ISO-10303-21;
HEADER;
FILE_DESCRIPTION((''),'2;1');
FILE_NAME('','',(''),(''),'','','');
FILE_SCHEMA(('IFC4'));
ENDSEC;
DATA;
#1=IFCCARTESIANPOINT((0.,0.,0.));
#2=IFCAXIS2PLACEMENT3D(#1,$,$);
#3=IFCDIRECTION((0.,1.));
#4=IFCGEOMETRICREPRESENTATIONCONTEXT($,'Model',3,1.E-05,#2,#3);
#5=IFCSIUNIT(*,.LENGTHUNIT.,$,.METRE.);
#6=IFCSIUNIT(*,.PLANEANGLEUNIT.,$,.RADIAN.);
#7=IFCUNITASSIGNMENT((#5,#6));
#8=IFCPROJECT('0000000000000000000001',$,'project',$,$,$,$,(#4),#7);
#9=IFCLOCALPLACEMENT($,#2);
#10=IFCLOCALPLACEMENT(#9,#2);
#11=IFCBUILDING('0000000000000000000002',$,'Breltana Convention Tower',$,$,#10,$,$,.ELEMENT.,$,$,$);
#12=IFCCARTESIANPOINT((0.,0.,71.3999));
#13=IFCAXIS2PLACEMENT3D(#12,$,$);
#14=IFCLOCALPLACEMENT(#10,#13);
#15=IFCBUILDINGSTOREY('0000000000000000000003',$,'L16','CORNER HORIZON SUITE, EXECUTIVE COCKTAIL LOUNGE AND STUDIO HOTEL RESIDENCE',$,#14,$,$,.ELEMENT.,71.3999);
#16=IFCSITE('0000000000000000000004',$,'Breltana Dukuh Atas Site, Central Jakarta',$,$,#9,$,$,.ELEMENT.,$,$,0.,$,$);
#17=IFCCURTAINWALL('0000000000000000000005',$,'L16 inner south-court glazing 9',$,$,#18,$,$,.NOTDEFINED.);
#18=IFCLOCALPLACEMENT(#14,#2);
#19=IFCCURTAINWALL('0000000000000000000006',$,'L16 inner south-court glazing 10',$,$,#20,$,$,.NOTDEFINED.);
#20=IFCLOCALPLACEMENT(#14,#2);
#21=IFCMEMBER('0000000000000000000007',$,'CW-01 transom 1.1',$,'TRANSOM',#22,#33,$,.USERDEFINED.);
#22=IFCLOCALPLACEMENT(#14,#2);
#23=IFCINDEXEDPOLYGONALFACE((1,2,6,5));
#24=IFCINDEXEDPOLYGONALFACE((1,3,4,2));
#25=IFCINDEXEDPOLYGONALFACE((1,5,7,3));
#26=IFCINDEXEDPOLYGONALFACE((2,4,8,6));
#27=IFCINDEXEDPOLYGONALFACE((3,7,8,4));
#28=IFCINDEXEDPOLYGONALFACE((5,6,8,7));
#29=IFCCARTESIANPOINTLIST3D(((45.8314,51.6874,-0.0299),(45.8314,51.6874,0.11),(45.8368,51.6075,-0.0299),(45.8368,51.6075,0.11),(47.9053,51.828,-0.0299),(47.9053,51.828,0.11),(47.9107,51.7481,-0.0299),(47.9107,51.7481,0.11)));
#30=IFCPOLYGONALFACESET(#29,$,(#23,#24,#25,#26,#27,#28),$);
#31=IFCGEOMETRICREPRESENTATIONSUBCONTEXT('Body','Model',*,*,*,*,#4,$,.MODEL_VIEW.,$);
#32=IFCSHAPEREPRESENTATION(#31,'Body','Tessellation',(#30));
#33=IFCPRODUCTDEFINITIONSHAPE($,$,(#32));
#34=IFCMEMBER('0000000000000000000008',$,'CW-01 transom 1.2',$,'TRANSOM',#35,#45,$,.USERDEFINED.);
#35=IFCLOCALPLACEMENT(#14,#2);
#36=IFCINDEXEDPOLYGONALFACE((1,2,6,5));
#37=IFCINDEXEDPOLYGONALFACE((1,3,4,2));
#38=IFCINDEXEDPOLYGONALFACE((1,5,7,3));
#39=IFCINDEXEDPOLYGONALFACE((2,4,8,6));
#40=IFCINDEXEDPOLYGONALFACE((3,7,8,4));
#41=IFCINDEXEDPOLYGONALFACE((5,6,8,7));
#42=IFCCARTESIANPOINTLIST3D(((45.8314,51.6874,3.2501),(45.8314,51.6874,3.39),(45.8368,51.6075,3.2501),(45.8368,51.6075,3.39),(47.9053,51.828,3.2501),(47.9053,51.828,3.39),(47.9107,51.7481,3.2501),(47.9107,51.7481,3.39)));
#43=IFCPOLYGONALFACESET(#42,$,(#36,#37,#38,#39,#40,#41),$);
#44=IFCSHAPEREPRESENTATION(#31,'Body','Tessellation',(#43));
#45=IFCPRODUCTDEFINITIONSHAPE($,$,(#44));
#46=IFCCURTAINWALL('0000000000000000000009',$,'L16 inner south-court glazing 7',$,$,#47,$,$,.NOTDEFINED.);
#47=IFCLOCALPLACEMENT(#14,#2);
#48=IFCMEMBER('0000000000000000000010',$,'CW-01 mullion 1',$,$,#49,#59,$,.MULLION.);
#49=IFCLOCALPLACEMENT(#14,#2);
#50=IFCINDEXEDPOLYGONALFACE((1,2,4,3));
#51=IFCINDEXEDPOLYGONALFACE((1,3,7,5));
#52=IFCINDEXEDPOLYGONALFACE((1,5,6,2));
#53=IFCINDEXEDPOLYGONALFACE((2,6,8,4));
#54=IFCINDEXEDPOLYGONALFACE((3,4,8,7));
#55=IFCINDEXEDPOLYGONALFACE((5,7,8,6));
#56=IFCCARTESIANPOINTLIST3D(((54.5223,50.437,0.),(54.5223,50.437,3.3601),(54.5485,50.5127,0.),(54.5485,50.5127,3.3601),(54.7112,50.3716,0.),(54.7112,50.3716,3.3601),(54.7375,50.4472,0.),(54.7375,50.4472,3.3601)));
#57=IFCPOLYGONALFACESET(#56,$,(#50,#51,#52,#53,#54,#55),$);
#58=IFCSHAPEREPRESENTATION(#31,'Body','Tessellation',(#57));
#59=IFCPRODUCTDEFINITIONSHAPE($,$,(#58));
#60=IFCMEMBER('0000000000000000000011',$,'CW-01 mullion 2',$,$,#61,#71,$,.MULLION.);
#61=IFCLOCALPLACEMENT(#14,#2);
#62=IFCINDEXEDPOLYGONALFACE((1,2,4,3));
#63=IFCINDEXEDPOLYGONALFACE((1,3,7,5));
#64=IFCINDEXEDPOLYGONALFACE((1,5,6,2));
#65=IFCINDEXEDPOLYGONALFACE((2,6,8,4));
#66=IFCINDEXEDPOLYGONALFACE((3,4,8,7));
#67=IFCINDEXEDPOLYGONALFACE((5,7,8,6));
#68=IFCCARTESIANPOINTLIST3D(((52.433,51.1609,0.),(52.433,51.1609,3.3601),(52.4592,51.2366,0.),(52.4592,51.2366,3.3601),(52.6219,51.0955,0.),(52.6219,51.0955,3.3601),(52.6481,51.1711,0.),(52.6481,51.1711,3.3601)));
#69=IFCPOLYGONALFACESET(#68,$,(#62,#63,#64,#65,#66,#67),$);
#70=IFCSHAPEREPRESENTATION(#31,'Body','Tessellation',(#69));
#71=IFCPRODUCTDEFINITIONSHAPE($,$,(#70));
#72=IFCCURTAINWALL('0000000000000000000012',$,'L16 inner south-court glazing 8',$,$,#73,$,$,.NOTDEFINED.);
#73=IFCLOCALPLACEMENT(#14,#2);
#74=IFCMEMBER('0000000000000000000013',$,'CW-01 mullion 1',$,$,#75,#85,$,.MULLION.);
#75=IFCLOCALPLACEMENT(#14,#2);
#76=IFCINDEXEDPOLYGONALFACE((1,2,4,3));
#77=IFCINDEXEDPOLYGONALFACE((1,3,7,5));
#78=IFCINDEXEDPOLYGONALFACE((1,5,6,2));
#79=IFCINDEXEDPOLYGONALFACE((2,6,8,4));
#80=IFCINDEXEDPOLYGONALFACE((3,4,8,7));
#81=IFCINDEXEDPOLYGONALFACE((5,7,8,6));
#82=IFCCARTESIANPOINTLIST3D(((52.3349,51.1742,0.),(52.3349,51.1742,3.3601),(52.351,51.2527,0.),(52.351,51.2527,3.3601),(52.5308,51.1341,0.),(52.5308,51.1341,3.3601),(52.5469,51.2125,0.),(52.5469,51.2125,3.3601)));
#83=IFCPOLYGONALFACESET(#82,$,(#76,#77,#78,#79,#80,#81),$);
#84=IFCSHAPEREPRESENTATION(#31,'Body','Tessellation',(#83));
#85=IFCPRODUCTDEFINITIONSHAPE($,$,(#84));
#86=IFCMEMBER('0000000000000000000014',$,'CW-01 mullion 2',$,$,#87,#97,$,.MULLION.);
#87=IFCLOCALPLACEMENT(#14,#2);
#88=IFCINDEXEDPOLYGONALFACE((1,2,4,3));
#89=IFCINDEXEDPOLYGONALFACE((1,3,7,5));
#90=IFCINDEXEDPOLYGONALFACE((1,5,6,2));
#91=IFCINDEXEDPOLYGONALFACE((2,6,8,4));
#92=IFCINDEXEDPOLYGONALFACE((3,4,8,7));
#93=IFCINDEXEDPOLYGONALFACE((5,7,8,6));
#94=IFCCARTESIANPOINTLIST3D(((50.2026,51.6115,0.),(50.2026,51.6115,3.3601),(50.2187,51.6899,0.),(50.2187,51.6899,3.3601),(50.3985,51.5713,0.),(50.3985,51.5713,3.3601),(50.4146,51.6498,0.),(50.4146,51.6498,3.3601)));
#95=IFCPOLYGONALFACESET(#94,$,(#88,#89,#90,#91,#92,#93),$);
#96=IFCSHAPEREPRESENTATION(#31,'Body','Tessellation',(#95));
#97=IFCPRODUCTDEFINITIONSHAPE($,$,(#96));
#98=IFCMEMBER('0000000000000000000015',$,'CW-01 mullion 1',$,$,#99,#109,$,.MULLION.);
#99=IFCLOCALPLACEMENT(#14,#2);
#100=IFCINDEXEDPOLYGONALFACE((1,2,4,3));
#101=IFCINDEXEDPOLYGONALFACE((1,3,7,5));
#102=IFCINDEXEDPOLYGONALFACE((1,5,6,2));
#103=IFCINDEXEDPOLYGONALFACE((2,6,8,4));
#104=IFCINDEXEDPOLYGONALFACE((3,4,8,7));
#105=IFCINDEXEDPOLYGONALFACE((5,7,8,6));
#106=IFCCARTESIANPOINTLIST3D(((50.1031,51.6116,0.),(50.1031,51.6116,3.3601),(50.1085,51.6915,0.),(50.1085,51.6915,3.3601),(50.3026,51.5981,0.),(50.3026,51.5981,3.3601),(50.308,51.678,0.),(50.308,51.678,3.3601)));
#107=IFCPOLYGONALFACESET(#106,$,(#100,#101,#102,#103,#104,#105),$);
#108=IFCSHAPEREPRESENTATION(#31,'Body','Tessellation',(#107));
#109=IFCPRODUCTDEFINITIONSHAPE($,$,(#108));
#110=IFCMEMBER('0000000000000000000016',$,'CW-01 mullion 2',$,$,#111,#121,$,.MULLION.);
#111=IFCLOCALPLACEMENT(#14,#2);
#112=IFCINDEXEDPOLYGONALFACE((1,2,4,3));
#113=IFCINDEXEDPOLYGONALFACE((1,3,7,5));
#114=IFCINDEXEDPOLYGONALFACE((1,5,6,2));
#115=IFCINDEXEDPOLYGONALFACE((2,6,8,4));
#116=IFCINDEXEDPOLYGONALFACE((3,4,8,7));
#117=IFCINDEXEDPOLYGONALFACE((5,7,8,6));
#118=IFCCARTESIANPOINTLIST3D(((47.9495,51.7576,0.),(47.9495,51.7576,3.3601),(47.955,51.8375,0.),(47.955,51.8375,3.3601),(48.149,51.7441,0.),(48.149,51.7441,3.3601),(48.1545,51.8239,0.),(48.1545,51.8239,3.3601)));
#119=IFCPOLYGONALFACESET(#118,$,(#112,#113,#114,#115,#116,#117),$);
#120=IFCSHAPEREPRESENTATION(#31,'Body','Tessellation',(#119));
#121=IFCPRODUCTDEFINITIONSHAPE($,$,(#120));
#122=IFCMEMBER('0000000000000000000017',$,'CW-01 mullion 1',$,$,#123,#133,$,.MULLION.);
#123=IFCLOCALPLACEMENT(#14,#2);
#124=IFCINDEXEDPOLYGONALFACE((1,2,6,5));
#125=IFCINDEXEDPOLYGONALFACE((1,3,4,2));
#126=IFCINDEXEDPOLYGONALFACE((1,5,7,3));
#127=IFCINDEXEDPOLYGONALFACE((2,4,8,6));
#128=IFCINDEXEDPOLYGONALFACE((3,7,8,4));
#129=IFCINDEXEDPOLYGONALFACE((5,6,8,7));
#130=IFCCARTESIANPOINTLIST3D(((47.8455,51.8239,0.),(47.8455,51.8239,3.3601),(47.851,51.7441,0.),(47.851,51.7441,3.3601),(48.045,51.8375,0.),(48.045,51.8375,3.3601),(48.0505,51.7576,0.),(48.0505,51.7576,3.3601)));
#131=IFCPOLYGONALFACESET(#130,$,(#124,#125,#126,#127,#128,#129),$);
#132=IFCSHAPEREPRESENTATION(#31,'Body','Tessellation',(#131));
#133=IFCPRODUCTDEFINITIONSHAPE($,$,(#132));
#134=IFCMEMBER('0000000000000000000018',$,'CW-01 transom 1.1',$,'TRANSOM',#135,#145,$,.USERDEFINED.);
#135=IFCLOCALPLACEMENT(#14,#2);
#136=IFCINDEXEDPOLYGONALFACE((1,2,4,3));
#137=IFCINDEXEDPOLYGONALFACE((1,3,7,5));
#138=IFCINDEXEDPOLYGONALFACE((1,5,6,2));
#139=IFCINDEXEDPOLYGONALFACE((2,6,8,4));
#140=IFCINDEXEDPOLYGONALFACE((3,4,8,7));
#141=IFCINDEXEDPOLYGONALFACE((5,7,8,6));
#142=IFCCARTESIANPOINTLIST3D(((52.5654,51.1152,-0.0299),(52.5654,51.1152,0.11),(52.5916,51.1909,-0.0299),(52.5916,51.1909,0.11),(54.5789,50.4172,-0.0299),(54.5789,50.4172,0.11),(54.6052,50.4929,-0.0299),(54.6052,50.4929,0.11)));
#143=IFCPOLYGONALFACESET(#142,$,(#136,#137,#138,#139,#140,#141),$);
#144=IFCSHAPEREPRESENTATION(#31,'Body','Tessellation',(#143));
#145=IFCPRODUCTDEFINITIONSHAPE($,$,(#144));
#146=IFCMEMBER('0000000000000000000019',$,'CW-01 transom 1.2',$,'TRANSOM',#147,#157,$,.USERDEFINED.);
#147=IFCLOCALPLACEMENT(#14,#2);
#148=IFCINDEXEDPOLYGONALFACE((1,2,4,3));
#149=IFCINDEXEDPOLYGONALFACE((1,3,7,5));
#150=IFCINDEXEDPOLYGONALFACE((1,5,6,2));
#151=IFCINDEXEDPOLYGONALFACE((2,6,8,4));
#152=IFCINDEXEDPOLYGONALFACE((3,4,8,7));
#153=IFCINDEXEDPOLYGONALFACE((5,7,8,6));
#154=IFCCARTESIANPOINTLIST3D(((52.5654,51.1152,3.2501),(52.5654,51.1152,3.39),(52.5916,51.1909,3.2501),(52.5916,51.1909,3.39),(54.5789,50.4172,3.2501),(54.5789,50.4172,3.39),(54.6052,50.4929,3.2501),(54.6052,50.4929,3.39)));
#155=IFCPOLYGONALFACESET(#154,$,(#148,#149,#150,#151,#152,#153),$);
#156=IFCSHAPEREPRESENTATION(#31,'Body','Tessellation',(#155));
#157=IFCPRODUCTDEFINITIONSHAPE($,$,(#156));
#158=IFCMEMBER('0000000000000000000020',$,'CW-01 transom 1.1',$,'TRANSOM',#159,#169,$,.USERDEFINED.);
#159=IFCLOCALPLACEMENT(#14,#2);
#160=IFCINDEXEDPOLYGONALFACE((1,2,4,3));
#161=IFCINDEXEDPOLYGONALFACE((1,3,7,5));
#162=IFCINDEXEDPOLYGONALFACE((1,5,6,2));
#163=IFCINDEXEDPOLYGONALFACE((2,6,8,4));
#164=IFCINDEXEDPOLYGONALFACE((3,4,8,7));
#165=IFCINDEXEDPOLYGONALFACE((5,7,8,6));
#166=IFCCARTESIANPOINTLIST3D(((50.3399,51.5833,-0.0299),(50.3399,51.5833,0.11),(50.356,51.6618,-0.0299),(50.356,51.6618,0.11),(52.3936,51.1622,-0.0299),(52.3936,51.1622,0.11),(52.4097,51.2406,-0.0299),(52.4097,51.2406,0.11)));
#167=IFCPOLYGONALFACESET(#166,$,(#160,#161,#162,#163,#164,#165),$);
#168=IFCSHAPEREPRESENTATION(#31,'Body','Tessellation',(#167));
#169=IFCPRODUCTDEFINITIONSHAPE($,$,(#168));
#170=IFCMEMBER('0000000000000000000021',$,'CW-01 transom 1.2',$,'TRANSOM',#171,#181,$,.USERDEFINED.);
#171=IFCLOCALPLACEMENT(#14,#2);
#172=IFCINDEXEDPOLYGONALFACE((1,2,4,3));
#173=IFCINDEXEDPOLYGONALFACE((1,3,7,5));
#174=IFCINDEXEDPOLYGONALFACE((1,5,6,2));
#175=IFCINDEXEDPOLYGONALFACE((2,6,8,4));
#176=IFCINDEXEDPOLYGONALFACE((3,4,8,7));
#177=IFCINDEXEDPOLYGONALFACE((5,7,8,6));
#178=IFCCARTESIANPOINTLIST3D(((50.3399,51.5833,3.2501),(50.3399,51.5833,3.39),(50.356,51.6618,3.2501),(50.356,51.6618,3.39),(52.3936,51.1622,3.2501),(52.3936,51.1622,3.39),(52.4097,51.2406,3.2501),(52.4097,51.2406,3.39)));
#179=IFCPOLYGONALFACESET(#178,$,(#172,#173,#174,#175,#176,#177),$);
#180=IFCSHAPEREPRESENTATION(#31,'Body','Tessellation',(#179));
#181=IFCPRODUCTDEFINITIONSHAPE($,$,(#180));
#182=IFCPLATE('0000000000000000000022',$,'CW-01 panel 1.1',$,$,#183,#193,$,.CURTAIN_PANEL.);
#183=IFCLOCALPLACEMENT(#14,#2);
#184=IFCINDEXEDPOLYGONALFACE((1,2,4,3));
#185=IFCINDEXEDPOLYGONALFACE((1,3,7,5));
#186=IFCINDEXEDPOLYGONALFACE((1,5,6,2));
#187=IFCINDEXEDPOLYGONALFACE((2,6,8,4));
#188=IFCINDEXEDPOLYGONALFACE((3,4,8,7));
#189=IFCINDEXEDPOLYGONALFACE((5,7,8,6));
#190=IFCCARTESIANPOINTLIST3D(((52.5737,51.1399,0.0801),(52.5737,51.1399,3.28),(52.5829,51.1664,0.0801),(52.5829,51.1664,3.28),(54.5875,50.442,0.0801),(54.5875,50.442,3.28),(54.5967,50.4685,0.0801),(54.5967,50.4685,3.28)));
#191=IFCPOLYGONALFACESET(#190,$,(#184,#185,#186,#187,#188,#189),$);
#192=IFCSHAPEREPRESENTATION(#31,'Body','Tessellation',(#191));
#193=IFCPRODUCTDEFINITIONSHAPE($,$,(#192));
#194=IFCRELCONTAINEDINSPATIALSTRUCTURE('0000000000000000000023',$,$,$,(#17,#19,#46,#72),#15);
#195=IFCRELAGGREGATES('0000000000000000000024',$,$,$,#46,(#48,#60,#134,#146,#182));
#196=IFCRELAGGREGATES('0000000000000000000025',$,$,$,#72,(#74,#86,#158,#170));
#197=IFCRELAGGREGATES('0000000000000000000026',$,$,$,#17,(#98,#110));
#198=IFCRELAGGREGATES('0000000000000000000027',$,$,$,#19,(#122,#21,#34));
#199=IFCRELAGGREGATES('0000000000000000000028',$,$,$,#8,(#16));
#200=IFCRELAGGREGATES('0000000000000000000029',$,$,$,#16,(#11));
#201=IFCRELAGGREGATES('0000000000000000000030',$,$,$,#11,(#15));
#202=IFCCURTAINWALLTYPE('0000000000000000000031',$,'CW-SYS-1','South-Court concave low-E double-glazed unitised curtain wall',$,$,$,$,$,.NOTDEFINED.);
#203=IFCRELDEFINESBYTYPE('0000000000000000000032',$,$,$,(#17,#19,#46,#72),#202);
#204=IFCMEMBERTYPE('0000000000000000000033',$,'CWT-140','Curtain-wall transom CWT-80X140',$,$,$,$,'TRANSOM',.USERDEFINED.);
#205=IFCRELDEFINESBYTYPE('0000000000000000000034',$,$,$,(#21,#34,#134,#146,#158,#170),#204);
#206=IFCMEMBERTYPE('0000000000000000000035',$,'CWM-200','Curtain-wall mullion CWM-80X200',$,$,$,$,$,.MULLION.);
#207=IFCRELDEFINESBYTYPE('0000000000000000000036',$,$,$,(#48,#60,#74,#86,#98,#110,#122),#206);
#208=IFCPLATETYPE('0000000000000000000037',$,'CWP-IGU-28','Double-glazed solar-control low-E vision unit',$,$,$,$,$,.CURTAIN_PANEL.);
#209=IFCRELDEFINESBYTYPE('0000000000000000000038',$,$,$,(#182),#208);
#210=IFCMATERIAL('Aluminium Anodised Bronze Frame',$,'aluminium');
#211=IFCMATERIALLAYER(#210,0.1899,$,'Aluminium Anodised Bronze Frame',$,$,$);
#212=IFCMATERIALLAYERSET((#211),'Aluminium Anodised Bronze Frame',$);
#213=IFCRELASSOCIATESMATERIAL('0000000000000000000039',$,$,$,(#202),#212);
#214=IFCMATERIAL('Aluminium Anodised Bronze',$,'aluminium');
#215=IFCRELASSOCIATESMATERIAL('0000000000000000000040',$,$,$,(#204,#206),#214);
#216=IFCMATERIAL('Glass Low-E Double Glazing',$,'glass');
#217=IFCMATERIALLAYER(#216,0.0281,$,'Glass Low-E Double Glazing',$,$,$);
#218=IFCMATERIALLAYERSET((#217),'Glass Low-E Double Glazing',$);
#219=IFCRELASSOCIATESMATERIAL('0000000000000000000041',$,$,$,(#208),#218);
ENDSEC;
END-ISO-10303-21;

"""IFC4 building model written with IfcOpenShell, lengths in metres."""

from ifc_helpers import new_model, si_unit, direction, frame, origin, origin_2d, place, context, subcontext, project, spatial, rectangle, extrude, source, transform, mapped, material, layer, layer_set, material_profile, profile_set, type_object, element, aggregate, save


model = new_model("IFC4")

# Units and contexts
model_context = context("Model", 3, precision=1e-05, world=origin(), true_north=direction((0.0, 1.0)))
body_context = subcontext(model_context, "Body", "Model", "MODEL_VIEW")
ifc_project = project(units=[si_unit("LENGTHUNIT", "METRE"), si_unit("PLANEANGLEUNIT", "RADIAN")], contexts=[model_context])

# Site, building, storey
site_placement = place(None, origin())
site = spatial("IfcSite", under=ifc_project, at=site_placement, Name="Breltana Dukuh Atas Site, Central Jakarta", CompositionType="ELEMENT", RefElevation=0.0)
building_placement = place(site_placement, origin())
building = spatial("IfcBuilding", under=site, at=building_placement, Name="Breltana Convention Tower", CompositionType="ELEMENT")
storey_placement = place(building_placement, frame((0.0, 0.0, 71.3999)))
storey = spatial("IfcBuildingStorey", under=building, at=storey_placement, Name="L16", Description="CORNER HORIZON SUITE, EXECUTIVE COCKTAIL LOUNGE AND STUDIO HOTEL RESIDENCE", CompositionType="ELEMENT", Elevation=71.3999)

# Curtain walls, members
ifc_material_1 = material(Name="Aluminium Anodised Bronze Frame", Category="aluminium")
ifc_layer_1 = layer(ifc_material_1, 0.1899, Name="Aluminium Anodised Bronze Frame")
ifc_layer_set_1 = layer_set([ifc_layer_1], Name="Aluminium Anodised Bronze Frame")
curtain_wall_type = type_object("IfcCurtainWallType", Name="CW-SYS-1", Description="South-Court concave low-E double-glazed unitised curtain wall", PredefinedType="NOTDEFINED", material=ifc_layer_set_1)
curtain_wall_1_placement = place(storey_placement, origin())
curtain_wall_1 = element("IfcCurtainWall", 1, at=curtain_wall_1_placement, inside=storey, type_object=curtain_wall_type, Name="L16 inner south-court glazing 9", PredefinedType="NOTDEFINED")
ifc_material_2 = material(Name="Aluminium Anodised Bronze", Category="aluminium")
ifc_material_profile_1 = material_profile(ifc_material_2, rectangle(XDim=0.0801, YDim=0.1399, at=origin_2d()), Name="CWT-80X140")
ifc_profile_set_1 = profile_set([ifc_material_profile_1], Name="Aluminium Anodised Bronze")
member_type_1 = type_object("IfcMemberType", Name="CWT-140", Description="Curtain-wall transom CWT-80X140", ElementType="TRANSOM", PredefinedType="USERDEFINED", material=ifc_profile_set_1)
shared_shape_1 = source(origin(), body_context, "Body", "SweptSolid", [
    extrude(rectangle(XDim=0.0801, YDim=0.1399, at=origin_2d()), origin(), (0.0, 0.0, 1.0), 2.0786),
])
curtain_wall_2_placement = place(storey_placement, origin())
curtain_wall_2 = element("IfcCurtainWall", 2, at=curtain_wall_2_placement, inside=storey, type_object=curtain_wall_type, Name="L16 inner south-court glazing 10", PredefinedType="NOTDEFINED")
member_1_placement = place(storey_placement, frame((47.908, 51.7881, 0.04), z_axis=(-0.997709, -0.067657, 0.0), x_axis=(0.067657, -0.997709, 0.0)))
member_1 = element("IfcMember", 3, at=member_1_placement, type_object=member_type_1, Name="CW-01 transom 1.1", ObjectType="TRANSOM", PredefinedType="USERDEFINED", context=body_context, shape_type="MappedRepresentation", body=[
    mapped(shared_shape_1, transform((0.0, 0.0, 0.0), scale=1.0)),
])
member_2_placement = place(storey_placement, frame((47.908, 51.7881, 3.3201), z_axis=(-0.997709, -0.067657, 0.0), x_axis=(0.067657, -0.997709, 0.0)))
member_2 = element("IfcMember", 4, at=member_2_placement, type_object=member_type_1, Name="CW-01 transom 1.2", ObjectType="TRANSOM", PredefinedType="USERDEFINED", context=body_context, shape_type="MappedRepresentation", body=[
    mapped(shared_shape_1, transform((0.0, 0.0, 0.0), scale=1.0)),
])
curtain_wall_3_placement = place(storey_placement, origin())
curtain_wall_3 = element("IfcCurtainWall", 5, at=curtain_wall_3_placement, inside=storey, type_object=curtain_wall_type, Name="L16 inner south-court glazing 7", PredefinedType="NOTDEFINED")
ifc_material_profile_2 = material_profile(ifc_material_2, rectangle(XDim=0.0801, YDim=0.2, at=origin_2d()), Name="CWM-80X200")
ifc_profile_set_2 = profile_set([ifc_material_profile_2], Name="Aluminium Anodised Bronze")
member_type_2 = type_object("IfcMemberType", Name="CWM-200", Description="Curtain-wall mullion CWM-80X200", PredefinedType="MULLION", material=ifc_profile_set_2)
shared_shape_2 = source(origin(), body_context, "Body", "SweptSolid", [
    extrude(rectangle(XDim=0.0801, YDim=0.2, at=origin_2d()), origin(), (0.0, 0.0, 1.0), 3.3601),
])
member_3_placement = place(storey_placement, frame((54.6299, 50.4421, 0.0), z_axis=(0.0, 0.0, 1.0), x_axis=(-0.327413, -0.944881, 0.0)))
member_3 = element("IfcMember", 6, at=member_3_placement, type_object=member_type_2, Name="CW-01 mullion 1", PredefinedType="MULLION", context=body_context, shape_type="MappedRepresentation", body=[
    mapped(shared_shape_2, transform((0.0, 0.0, 0.0), scale=1.0)),
])
member_4_placement = place(storey_placement, frame((52.5405, 51.166, 0.0), z_axis=(0.0, 0.0, 1.0), x_axis=(-0.327413, -0.944881, 0.0)))
member_4 = element("IfcMember", 7, at=member_4_placement, type_object=member_type_2, Name="CW-01 mullion 2", PredefinedType="MULLION", context=body_context, shape_type="MappedRepresentation", body=[
    mapped(shared_shape_2, transform((0.0, 0.0, 0.0), scale=1.0)),
])
curtain_wall_4_placement = place(storey_placement, origin())
curtain_wall_4 = element("IfcCurtainWall", 8, at=curtain_wall_4_placement, inside=storey, type_object=curtain_wall_type, Name="L16 inner south-court glazing 8", PredefinedType="NOTDEFINED")
member_5_placement = place(storey_placement, frame((52.4409, 51.1934, 0.0), z_axis=(0.0, 0.0, 1.0), x_axis=(-0.200886, -0.979615, 0.0)))
member_5 = element("IfcMember", 9, at=member_5_placement, type_object=member_type_2, Name="CW-01 mullion 1", PredefinedType="MULLION", context=body_context, shape_type="MappedRepresentation", body=[
    mapped(shared_shape_2, transform((0.0, 0.0, 0.0), scale=1.0)),
])
member_6_placement = place(storey_placement, frame((50.3086, 51.6306, 0.0), z_axis=(0.0, 0.0, 1.0), x_axis=(-0.200886, -0.979615, 0.0)))
member_6 = element("IfcMember", 10, at=member_6_placement, type_object=member_type_2, Name="CW-01 mullion 2", PredefinedType="MULLION", context=body_context, shape_type="MappedRepresentation", body=[
    mapped(shared_shape_2, transform((0.0, 0.0, 0.0), scale=1.0)),
])

# Members
member_7_placement = place(storey_placement, frame((50.2056, 51.6448, 0.0), z_axis=(0.0, 0.0, 1.0), x_axis=(-0.067726, -0.997704, 0.0)))
member_7 = element("IfcMember", 11, at=member_7_placement, type_object=member_type_2, Name="CW-01 mullion 1", PredefinedType="MULLION", context=body_context, shape_type="MappedRepresentation", body=[
    mapped(shared_shape_2, transform((0.0, 0.0, 0.0), scale=1.0)),
])
member_8_placement = place(storey_placement, frame((48.052, 51.7908, 0.0), z_axis=(0.0, 0.0, 1.0), x_axis=(-0.067726, -0.997704, 0.0)))
member_8 = element("IfcMember", 12, at=member_8_placement, type_object=member_type_2, Name="CW-01 mullion 2", PredefinedType="MULLION", context=body_context, shape_type="MappedRepresentation", body=[
    mapped(shared_shape_2, transform((0.0, 0.0, 0.0), scale=1.0)),
])
member_9_placement = place(storey_placement, frame((47.948, 51.7908, 0.0), z_axis=(0.0, 0.0, 1.0), x_axis=(0.067726, -0.997704, 0.0)))
member_9 = element("IfcMember", 13, at=member_9_placement, type_object=member_type_2, Name="CW-01 mullion 1", PredefinedType="MULLION", context=body_context, shape_type="MappedRepresentation", body=[
    mapped(shared_shape_2, transform((0.0, 0.0, 0.0), scale=1.0)),
])
shared_shape_3 = source(origin(), body_context, "Body", "SweptSolid", [
    extrude(rectangle(XDim=0.0801, YDim=0.1399, at=origin_2d()), origin(), (0.0, 0.0, 1.0), 2.1311),
])
member_10_placement = place(storey_placement, frame((54.592, 50.4551, 0.04), z_axis=(-0.944847, 0.327512, 0.0), x_axis=(-0.327512, -0.944847, 0.0)))
member_10 = element("IfcMember", 14, at=member_10_placement, type_object=member_type_1, Name="CW-01 transom 1.1", ObjectType="TRANSOM", PredefinedType="USERDEFINED", context=body_context, shape_type="MappedRepresentation", body=[
    mapped(shared_shape_3, transform((0.0, 0.0, 0.0), scale=1.0)),
])
member_11_placement = place(storey_placement, frame((54.592, 50.4551, 3.3201), z_axis=(-0.944847, 0.327512, 0.0), x_axis=(-0.327512, -0.944847, 0.0)))
member_11 = element("IfcMember", 15, at=member_11_placement, type_object=member_type_1, Name="CW-01 transom 1.2", ObjectType="TRANSOM", PredefinedType="USERDEFINED", context=body_context, shape_type="MappedRepresentation", body=[
    mapped(shared_shape_3, transform((0.0, 0.0, 0.0), scale=1.0)),
])
shared_shape_4 = source(origin(), body_context, "Body", "SweptSolid", [
    extrude(rectangle(XDim=0.0801, YDim=0.1399, at=origin_2d()), origin(), (0.0, 0.0, 1.0), 2.0964),
])
member_12_placement = place(storey_placement, frame((52.4016, 51.2014, 0.04), z_axis=(-0.979615, 0.200884, 0.0), x_axis=(-0.200884, -0.979615, 0.0)))
member_12 = element("IfcMember", 16, at=member_12_placement, type_object=member_type_1, Name="CW-01 transom 1.1", ObjectType="TRANSOM", PredefinedType="USERDEFINED", context=body_context, shape_type="MappedRepresentation", body=[
    mapped(shared_shape_4, transform((0.0, 0.0, 0.0), scale=1.0)),
])
member_13_placement = place(storey_placement, frame((52.4016, 51.2014, 3.3201), z_axis=(-0.979615, 0.200884, 0.0), x_axis=(-0.200884, -0.979615, 0.0)))
member_13 = element("IfcMember", 17, at=member_13_placement, type_object=member_type_1, Name="CW-01 transom 1.2", ObjectType="TRANSOM", PredefinedType="USERDEFINED", context=body_context, shape_type="MappedRepresentation", body=[
    mapped(shared_shape_4, transform((0.0, 0.0, 0.0), scale=1.0)),
])

# Plate
ifc_material_3 = material(Name="Glass Low-E Double Glazing", Category="glass")
ifc_layer_2 = layer(ifc_material_3, 0.0281, Name="Glass Low-E Double Glazing")
ifc_layer_set_2 = layer_set([ifc_layer_2], Name="Glass Low-E Double Glazing")
plate_type = type_object("IfcPlateType", Name="CWP-IGU-28", Description="Double-glazed solar-control low-E vision unit", PredefinedType="CURTAIN_PANEL", material=ifc_layer_set_2)
shared_shape_5 = source(origin(), body_context, "Body", "SweptSolid", [
    extrude(rectangle(XDim=2.1313, YDim=0.0281, at=origin_2d()), origin(), (0.0, 0.0, 1.0), 3.2),
])
plate_1_placement = place(storey_placement, frame((53.5852, 50.8042, 0.0801), z_axis=(0.0, 0.0, 1.0), x_axis=(-0.944881, 0.327413, 0.0)))
plate_1 = element("IfcPlate", 18, at=plate_1_placement, type_object=plate_type, Name="CW-01 panel 1.1", PredefinedType="CURTAIN_PANEL", context=body_context, shape_type="MappedRepresentation", body=[
    mapped(shared_shape_5, transform((0.0, 0.0, 0.0), scale=1.0)),
])
aggregate(curtain_wall_3, [member_3, member_4, member_10, member_11, plate_1])
aggregate(curtain_wall_4, [member_5, member_6, member_12, member_13])
aggregate(curtain_wall_1, [member_7, member_8])
aggregate(curtain_wall_2, [member_9, member_1, member_2])

save(model, "model.ifc")
